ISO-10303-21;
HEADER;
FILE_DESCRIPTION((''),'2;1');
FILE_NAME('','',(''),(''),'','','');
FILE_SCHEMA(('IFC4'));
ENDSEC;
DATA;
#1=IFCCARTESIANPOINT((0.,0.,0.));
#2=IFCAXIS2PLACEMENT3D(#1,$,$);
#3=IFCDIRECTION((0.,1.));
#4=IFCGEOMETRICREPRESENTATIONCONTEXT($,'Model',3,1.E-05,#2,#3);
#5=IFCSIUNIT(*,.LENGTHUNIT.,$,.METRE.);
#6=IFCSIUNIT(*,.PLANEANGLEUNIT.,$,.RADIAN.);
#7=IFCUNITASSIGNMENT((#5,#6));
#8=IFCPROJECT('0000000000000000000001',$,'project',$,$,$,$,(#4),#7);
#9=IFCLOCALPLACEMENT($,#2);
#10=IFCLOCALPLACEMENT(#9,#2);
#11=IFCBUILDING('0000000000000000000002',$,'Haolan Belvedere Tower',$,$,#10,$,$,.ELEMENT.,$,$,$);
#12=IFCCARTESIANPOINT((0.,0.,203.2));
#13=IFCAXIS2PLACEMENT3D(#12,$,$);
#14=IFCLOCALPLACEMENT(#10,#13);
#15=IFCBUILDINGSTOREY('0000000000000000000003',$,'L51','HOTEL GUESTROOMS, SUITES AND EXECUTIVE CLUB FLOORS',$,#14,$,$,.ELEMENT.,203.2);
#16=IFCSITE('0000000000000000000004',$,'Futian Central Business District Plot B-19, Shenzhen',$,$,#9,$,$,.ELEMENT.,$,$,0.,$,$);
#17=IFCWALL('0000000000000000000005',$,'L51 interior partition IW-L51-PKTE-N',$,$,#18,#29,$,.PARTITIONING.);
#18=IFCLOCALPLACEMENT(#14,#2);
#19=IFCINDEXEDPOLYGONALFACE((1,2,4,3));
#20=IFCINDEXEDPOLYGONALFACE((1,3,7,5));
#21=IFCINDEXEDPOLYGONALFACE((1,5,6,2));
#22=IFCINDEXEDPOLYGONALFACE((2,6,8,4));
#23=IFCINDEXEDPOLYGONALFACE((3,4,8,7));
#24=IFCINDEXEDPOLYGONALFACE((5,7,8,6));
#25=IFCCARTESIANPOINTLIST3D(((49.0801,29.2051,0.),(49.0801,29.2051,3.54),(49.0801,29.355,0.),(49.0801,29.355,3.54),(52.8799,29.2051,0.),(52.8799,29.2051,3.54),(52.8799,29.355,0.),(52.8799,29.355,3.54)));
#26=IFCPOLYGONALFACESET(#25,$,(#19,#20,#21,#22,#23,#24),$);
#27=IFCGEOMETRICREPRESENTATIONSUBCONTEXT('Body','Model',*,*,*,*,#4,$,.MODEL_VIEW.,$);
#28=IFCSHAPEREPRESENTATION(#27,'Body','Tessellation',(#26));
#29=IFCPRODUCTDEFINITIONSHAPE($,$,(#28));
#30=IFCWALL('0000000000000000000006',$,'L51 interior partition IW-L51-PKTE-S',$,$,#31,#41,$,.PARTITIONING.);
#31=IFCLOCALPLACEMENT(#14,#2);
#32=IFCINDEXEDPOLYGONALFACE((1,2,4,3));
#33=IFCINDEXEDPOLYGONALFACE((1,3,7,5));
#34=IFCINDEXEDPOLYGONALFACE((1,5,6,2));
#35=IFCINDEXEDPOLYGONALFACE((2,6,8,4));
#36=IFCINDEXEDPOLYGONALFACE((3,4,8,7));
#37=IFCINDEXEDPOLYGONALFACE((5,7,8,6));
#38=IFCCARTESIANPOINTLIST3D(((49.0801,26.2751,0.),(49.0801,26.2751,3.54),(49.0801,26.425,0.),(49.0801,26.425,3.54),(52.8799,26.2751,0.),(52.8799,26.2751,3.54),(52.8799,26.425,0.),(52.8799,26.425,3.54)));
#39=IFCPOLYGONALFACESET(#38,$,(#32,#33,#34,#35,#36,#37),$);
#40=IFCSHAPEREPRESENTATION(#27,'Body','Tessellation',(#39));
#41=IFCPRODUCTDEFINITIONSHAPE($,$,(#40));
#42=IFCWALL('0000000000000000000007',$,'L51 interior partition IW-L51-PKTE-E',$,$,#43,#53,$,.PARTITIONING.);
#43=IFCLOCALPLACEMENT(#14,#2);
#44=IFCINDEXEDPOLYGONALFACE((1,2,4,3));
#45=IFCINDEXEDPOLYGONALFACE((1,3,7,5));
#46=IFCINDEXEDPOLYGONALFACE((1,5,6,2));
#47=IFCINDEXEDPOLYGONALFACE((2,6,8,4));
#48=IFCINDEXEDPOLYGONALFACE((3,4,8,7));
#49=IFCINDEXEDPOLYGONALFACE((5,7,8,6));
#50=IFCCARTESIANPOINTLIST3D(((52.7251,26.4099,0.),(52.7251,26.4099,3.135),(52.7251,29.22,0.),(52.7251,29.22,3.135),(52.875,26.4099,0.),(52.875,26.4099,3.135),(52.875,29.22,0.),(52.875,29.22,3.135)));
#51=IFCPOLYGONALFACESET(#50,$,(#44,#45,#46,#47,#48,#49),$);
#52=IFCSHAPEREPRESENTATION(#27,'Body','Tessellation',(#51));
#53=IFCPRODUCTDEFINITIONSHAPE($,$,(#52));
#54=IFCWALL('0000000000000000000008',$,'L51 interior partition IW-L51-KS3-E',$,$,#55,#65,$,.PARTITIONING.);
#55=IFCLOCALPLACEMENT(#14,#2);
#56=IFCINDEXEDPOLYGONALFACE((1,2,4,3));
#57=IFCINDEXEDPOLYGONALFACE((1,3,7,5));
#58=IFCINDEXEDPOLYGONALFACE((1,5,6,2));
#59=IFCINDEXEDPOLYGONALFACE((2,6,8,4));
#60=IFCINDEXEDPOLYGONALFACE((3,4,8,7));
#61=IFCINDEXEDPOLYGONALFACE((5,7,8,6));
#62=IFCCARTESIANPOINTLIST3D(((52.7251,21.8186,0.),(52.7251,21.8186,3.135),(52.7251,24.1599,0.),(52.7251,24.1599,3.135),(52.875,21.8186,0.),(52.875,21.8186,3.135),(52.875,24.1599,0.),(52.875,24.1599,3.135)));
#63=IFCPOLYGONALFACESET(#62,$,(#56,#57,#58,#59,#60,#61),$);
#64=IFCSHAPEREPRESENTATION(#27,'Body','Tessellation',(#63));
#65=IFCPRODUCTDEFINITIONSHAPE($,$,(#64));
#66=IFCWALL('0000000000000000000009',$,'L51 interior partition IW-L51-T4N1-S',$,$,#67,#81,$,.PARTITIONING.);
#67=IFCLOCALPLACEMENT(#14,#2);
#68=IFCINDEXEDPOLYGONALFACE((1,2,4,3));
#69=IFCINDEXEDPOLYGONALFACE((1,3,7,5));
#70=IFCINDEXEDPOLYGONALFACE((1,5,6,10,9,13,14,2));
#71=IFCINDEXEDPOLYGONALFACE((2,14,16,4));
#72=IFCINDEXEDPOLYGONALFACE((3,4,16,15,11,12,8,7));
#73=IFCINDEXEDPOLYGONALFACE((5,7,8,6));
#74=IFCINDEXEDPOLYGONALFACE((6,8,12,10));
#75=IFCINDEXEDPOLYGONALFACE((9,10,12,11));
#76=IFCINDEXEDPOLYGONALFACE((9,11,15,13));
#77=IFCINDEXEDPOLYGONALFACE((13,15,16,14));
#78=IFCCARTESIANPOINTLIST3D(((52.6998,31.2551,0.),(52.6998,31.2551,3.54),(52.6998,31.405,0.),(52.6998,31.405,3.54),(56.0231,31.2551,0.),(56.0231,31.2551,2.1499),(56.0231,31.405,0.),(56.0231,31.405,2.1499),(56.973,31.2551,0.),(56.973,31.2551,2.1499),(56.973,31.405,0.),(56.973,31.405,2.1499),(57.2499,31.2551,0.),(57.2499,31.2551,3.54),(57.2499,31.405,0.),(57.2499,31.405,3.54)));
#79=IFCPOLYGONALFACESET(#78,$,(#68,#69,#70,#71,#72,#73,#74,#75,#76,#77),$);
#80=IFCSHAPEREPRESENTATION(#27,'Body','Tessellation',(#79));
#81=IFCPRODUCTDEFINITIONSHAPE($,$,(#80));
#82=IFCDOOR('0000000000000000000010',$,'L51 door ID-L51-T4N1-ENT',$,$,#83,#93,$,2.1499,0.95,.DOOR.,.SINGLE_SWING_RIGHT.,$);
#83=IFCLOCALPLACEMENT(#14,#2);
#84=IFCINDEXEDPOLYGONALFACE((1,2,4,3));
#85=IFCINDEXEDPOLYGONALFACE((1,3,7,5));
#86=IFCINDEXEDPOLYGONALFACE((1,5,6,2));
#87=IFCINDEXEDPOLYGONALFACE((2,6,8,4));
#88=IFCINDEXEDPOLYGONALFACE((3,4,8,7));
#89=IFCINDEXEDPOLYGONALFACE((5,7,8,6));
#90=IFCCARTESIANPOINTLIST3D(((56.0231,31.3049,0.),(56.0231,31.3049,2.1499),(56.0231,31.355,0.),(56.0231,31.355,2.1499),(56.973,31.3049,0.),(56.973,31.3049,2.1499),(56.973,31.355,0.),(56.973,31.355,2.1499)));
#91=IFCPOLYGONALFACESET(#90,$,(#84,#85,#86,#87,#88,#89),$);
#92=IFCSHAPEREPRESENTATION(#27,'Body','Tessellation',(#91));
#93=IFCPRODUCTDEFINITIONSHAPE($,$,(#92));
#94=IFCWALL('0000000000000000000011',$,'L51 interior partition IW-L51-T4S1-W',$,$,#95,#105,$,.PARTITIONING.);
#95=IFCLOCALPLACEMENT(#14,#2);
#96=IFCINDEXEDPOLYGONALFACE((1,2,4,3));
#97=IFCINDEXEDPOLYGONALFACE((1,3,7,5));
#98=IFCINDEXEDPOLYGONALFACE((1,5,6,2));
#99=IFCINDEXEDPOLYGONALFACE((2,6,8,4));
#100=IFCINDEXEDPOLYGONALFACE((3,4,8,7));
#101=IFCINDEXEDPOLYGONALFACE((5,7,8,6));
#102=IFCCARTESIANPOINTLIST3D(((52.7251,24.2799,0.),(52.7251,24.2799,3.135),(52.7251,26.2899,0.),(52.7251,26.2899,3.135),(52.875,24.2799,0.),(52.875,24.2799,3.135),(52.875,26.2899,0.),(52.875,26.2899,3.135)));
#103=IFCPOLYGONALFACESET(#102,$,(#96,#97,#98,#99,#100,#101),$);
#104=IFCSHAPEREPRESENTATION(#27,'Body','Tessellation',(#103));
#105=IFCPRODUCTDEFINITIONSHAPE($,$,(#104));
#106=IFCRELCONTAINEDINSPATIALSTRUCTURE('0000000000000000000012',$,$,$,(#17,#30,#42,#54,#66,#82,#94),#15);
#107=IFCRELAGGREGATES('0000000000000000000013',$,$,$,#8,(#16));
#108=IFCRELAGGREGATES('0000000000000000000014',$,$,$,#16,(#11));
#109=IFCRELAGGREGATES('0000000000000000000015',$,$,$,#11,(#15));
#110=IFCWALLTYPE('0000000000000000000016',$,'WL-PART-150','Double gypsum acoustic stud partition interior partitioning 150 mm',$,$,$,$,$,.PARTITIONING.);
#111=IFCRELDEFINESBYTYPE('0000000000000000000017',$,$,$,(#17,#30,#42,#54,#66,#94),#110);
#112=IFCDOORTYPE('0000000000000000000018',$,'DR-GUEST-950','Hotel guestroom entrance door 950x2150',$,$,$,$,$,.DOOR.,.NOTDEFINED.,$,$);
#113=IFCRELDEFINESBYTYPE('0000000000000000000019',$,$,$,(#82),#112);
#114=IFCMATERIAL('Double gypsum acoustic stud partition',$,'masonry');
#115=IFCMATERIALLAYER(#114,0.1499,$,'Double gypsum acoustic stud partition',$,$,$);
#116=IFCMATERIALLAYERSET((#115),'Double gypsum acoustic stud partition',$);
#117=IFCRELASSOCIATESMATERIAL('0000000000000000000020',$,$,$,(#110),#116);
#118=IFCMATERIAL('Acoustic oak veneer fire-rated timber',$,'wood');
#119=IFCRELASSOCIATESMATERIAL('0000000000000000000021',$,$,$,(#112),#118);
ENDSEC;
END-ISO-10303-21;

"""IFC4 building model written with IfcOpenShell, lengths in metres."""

from ifc_helpers import new_model, si_unit, direction, frame, frame_2d, origin, place, context, subcontext, project, spatial, rectangle, extrude, material, layer, layer_set, type_object, element, fill, save


model = new_model("IFC4")

# Units and contexts
model_context = context("Model", 3, precision=1e-05, world=origin(), true_north=direction((0.0, 1.0)))
body_context = subcontext(model_context, "Body", "Model", "MODEL_VIEW")
ifc_project = project(units=[si_unit("LENGTHUNIT", "METRE"), si_unit("PLANEANGLEUNIT", "RADIAN")], contexts=[model_context])

# Site, building, storey
site_placement = place(None, origin())
site = spatial("IfcSite", under=ifc_project, at=site_placement, Name="Futian Central Business District Plot B-19, Shenzhen", CompositionType="ELEMENT", RefElevation=0.0)
building_placement = place(site_placement, origin())
building = spatial("IfcBuilding", under=site, at=building_placement, Name="Haolan Belvedere Tower", CompositionType="ELEMENT")
storey_placement = place(building_placement, frame((0.0, 0.0, 203.2)))
storey = spatial("IfcBuildingStorey", under=building, at=storey_placement, Name="L51", Description="HOTEL GUESTROOMS, SUITES AND EXECUTIVE CLUB FLOORS", CompositionType="ELEMENT", Elevation=203.2)

# Shared definitions
ifc_material_1 = material(Name="Double gypsum acoustic stud partition", Category="masonry")
ifc_layer_1 = layer(ifc_material_1, 0.1499, Name="Double gypsum acoustic stud partition")
ifc_layer_set_1 = layer_set([ifc_layer_1], Name="Double gypsum acoustic stud partition")
wall_type_1 = type_object("IfcWallType", Name="WL-PART-150", Description="Double gypsum acoustic stud partition interior partitioning 150 mm", PredefinedType="PARTITIONING", material=ifc_layer_set_1)

# Walls
for number, where, z_axis, x_axis, name in (
    (1, (49.0801, 29.28, 0.0), (0.0, 0.0, 1.0), (1.0, 0.0, 0.0), "L51 interior partition IW-L51-PKTE-N"),
    (2, (49.0801, 26.3501, 0.0), (0.0, 0.0, 1.0), (1.0, 0.0, 0.0), "L51 interior partition IW-L51-PKTE-S"),
):
    element("IfcWall", number, at=place(storey_placement, frame(where, z_axis=z_axis, x_axis=x_axis)), inside=storey, type_object=wall_type_1, Name=name, PredefinedType="PARTITIONING", context=body_context, shape_type="SweptSolid", body=[
        extrude(rectangle(XDim=3.7998, YDim=0.1499, at=frame_2d((1.8999, 0.0))), origin(), (0.0, 0.0, 1.0), 3.54),
    ])

# Walls
wall_1_placement = place(storey_placement, frame((52.8, 26.4099, 0.0), z_axis=(0.0, 0.0, 1.0), x_axis=(0.0, 1.0, 0.0)))
element("IfcWall", 3, at=wall_1_placement, inside=storey, type_object=wall_type_1, Name="L51 interior partition IW-L51-PKTE-E", PredefinedType="PARTITIONING", context=body_context, shape_type="SweptSolid", body=[
    extrude(rectangle(XDim=2.8101, YDim=0.1499, at=frame_2d((1.405, 0.0))), origin(), (0.0, 0.0, 1.0), 3.135),
])
wall_2_placement = place(storey_placement, frame((52.8, 21.8186, 0.0), z_axis=(0.0, 0.0, 1.0), x_axis=(0.0, 1.0, 0.0)))
element("IfcWall", 4, at=wall_2_placement, inside=storey, type_object=wall_type_1, Name="L51 interior partition IW-L51-KS3-E", PredefinedType="PARTITIONING", context=body_context, shape_type="SweptSolid", body=[
    extrude(rectangle(XDim=2.3413, YDim=0.1499, at=frame_2d((1.1707, 0.0))), origin(), (0.0, 0.0, 1.0), 3.135),
])

# Wall, opening, door
wall_3_placement = place(storey_placement, frame((52.7, 31.3301, 0.0), z_axis=(0.0, 0.0, 1.0), x_axis=(1.0, 0.0, 0.0)))
wall_3 = element("IfcWall", 5, at=wall_3_placement, inside=storey, type_object=wall_type_1, Name="L51 interior partition IW-L51-T4N1-S", PredefinedType="PARTITIONING", context=body_context, shape_type="SweptSolid", body=[
    extrude(rectangle(XDim=4.55, YDim=0.1499, at=frame_2d((2.2749, 0.0))), origin(), (0.0, 0.0, 1.0), 3.54),
])
opening_1_placement = place(wall_3_placement, frame((3.323, 0.0, 0.0)))
opening_1 = element("IfcOpeningElement", 6, at=opening_1_placement, cuts=wall_3, PredefinedType="OPENING", context=body_context, shape_type="SweptSolid", body=[
    extrude(rectangle(XDim=0.95, YDim=2.1499, at=frame_2d((0.4751, 1.075))), frame((0.0, 0.085, 0.0), z_axis=(0.0, -1.0, 0.0), x_axis=(1.0, 0.0, 0.0)), (0.0, 0.0, 1.0), 0.1699),
])
ifc_material_2 = material(Name="Acoustic oak veneer fire-rated timber", Category="wood")
door_type_1 = type_object("IfcDoorType", Name="DR-GUEST-950", Description="Hotel guestroom entrance door 950x2150", OperationType="NOTDEFINED", PredefinedType="DOOR", material=ifc_material_2)
door_1_placement = place(opening_1_placement, origin())
door_1 = element("IfcDoor", 7, at=door_1_placement, inside=storey, type_object=door_type_1, Name="L51 door ID-L51-T4N1-ENT", OperationType="SINGLE_SWING_RIGHT", OverallHeight=2.1499, OverallWidth=0.95, PredefinedType="DOOR", context=body_context, shape_type="SweptSolid", body=[
    extrude(rectangle(XDim=0.95, YDim=2.1499, at=frame_2d((0.4751, 1.075))), frame((0.0, 0.0249, 0.0), z_axis=(0.0, -1.0, 0.0), x_axis=(1.0, 0.0, 0.0)), (0.0, 0.0, 1.0), 0.05),
])
fill(opening_1, door_1)

# Wall
wall_4_placement = place(storey_placement, frame((52.8, 24.28, 0.0), z_axis=(0.0, 0.0, 1.0), x_axis=(0.0, 1.0, 0.0)))
element("IfcWall", 8, at=wall_4_placement, inside=storey, type_object=wall_type_1, Name="L51 interior partition IW-L51-T4S1-W", PredefinedType="PARTITIONING", context=body_context, shape_type="SweptSolid", body=[
    extrude(rectangle(XDim=2.01, YDim=0.1499, at=frame_2d((1.0049, 0.0))), origin(), (0.0, 0.0, 1.0), 3.135),
])

save(model, "model.ifc")
